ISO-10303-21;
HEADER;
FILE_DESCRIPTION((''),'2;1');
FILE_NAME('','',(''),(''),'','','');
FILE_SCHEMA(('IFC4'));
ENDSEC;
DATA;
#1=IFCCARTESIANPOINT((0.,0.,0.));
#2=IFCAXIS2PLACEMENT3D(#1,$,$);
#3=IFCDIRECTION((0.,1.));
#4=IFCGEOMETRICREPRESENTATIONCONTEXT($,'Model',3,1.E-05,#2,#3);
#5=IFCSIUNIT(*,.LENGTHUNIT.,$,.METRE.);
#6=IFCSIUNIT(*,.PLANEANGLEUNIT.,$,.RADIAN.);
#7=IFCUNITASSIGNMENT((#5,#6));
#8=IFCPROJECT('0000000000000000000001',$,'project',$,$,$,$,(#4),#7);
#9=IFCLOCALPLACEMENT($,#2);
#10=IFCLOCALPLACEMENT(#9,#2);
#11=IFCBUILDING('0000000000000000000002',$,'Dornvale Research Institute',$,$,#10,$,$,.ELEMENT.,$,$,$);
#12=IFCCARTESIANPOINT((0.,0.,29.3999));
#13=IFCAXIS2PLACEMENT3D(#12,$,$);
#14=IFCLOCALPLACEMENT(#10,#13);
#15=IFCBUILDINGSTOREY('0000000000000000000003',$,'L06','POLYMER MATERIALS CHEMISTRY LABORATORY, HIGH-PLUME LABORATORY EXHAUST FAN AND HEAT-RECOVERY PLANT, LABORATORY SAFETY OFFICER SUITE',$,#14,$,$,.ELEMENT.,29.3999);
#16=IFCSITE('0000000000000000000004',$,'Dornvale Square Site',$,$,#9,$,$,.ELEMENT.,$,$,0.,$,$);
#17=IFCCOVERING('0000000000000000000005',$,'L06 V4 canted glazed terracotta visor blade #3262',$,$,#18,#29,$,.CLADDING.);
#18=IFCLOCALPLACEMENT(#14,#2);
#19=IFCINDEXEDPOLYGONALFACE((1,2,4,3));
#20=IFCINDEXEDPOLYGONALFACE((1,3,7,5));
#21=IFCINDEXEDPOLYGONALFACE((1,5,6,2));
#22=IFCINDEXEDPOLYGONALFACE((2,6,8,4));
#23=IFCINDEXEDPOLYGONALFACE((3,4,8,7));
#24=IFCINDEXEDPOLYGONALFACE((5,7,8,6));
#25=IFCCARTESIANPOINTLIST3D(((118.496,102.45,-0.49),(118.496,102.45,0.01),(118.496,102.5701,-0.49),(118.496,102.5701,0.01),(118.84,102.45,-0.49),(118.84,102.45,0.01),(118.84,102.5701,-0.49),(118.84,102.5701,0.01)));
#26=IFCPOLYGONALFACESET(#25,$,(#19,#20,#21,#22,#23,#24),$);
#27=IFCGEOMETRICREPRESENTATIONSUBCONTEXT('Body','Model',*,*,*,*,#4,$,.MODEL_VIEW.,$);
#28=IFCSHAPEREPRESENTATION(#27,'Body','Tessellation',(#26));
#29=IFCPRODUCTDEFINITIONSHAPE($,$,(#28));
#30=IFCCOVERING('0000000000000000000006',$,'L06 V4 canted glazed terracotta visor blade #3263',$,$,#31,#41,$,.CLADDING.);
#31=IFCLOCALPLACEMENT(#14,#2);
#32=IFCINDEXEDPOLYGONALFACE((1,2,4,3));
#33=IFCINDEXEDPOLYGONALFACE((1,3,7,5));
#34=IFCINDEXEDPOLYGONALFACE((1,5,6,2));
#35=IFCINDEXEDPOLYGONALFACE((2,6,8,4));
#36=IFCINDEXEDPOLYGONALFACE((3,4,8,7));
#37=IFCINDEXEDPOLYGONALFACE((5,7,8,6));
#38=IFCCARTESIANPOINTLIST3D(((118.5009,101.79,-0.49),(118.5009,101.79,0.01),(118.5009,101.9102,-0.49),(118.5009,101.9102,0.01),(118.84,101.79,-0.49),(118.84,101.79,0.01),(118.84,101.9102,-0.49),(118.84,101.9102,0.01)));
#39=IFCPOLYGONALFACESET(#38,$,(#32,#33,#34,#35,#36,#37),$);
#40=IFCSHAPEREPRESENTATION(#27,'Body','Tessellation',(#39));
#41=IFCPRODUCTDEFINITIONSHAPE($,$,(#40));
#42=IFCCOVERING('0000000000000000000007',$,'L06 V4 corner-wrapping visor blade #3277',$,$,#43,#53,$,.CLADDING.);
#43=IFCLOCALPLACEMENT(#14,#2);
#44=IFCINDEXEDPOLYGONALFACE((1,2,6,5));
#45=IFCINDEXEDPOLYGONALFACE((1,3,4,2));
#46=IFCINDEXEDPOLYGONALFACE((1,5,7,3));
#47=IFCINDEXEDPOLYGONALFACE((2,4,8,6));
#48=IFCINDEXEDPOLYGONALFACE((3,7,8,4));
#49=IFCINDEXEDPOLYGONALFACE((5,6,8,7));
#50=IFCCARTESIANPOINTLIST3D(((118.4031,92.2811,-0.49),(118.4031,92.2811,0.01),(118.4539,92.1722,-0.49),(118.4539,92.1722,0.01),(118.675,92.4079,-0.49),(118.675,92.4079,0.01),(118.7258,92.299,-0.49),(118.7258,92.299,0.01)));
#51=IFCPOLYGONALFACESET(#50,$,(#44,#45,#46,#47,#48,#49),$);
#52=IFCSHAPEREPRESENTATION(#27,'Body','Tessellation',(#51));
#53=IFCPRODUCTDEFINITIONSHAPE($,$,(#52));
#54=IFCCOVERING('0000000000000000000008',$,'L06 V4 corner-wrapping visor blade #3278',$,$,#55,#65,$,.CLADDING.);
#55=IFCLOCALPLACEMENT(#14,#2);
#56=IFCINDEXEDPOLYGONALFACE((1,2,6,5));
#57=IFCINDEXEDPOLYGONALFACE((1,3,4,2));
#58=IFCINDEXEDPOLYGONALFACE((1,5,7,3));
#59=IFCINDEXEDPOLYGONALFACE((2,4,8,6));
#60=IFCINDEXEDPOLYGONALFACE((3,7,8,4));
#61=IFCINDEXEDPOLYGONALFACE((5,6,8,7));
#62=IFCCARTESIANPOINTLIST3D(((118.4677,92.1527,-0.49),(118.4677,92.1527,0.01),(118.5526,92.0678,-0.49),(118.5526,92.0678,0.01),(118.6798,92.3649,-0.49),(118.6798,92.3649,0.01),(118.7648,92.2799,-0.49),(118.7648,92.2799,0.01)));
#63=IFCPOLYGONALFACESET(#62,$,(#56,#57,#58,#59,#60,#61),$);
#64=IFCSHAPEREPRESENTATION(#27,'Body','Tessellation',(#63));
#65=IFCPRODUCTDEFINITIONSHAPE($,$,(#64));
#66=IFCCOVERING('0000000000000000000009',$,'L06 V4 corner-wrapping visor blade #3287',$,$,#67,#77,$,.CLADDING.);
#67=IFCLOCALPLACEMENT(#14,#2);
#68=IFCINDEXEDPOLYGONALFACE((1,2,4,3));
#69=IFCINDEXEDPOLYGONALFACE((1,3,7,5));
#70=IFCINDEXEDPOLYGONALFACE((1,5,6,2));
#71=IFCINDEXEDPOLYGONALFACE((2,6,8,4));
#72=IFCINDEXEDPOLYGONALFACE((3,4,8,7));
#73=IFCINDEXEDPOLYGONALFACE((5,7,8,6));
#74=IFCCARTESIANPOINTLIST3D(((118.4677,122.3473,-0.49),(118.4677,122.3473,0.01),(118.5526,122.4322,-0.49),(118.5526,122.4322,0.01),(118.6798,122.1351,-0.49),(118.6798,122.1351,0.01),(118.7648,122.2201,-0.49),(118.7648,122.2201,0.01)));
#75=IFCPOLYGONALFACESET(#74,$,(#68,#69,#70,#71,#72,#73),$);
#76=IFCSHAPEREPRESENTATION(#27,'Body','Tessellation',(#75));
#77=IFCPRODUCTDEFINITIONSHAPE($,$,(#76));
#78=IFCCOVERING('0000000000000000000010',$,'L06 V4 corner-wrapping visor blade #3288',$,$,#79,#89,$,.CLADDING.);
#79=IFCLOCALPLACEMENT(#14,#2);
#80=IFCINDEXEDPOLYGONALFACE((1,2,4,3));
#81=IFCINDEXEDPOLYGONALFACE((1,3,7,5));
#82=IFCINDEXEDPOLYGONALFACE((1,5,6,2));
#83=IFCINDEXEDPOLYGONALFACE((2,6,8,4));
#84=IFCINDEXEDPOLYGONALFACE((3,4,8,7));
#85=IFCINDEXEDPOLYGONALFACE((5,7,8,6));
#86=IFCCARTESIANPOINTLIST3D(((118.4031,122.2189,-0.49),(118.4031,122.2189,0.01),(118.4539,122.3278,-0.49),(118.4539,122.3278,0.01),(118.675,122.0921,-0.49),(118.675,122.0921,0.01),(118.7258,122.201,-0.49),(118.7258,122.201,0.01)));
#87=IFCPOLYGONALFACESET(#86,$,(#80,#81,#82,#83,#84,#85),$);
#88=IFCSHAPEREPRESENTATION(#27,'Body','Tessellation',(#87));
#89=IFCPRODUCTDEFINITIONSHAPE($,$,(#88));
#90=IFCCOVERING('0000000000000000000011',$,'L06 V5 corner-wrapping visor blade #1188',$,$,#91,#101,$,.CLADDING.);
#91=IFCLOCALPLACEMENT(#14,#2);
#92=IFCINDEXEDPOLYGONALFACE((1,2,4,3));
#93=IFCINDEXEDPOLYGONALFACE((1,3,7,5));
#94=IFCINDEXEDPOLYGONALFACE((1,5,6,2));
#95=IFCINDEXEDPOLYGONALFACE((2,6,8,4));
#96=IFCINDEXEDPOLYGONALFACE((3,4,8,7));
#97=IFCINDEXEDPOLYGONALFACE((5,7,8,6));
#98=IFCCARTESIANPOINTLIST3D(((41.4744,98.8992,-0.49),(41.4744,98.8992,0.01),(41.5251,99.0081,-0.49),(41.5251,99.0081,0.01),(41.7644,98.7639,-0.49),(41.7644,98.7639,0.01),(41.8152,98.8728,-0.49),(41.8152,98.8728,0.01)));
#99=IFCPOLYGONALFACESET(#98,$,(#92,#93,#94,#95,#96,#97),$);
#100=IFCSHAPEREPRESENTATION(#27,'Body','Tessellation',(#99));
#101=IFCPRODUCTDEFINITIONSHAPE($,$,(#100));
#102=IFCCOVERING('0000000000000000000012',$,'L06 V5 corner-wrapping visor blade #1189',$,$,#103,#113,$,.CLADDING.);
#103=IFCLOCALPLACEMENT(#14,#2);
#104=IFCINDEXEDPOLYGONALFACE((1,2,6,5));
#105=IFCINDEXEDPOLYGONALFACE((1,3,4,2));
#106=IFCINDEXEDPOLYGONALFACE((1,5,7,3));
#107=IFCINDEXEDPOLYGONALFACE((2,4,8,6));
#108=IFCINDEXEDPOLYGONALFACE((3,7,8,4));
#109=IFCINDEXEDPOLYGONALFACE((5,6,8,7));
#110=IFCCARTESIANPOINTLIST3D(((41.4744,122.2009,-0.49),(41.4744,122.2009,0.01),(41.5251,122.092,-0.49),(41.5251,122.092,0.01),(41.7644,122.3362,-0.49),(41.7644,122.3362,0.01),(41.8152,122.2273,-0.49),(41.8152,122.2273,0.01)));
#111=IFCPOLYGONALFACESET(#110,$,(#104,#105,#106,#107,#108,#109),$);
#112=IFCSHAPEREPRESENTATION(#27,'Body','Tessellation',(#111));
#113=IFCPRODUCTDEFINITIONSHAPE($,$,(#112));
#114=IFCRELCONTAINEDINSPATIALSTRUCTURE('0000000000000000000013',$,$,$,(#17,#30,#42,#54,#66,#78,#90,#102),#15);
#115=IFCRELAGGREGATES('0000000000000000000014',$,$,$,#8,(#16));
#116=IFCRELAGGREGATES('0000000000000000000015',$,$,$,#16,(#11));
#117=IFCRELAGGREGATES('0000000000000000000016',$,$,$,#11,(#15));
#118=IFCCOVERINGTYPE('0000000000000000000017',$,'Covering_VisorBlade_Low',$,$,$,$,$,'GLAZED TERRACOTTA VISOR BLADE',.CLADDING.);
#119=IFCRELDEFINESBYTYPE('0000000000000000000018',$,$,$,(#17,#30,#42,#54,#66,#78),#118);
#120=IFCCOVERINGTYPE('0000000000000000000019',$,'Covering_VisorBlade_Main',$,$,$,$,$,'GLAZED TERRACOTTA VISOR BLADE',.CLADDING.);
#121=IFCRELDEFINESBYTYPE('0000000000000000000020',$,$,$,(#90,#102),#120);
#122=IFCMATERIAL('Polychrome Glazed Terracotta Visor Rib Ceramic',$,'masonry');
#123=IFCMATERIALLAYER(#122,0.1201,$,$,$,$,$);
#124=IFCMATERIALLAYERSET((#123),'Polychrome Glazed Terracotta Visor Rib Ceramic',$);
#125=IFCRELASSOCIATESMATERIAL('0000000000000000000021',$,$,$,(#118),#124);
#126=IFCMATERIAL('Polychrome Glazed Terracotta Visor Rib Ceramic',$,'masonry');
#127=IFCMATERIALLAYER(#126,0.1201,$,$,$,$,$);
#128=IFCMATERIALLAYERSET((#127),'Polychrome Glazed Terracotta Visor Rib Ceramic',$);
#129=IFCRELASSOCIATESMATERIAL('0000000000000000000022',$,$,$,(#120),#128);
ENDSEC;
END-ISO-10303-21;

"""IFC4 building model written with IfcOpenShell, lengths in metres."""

from ifc_helpers import new_model, si_unit, direction, frame, origin, origin_2d, place, context, subcontext, project, spatial, rectangle, extrude, material, layer, layer_set, type_object, element, save


model = new_model("IFC4")

# Units and contexts
model_context = context("Model", 3, precision=1e-05, world=origin(), true_north=direction((0.0, 1.0)))
body_context = subcontext(model_context, "Body", "Model", "MODEL_VIEW")
ifc_project = project(units=[si_unit("LENGTHUNIT", "METRE"), si_unit("PLANEANGLEUNIT", "RADIAN")], contexts=[model_context])

# Site, building, storey
site_placement = place(None, origin())
site = spatial("IfcSite", under=ifc_project, at=site_placement, Name="Dornvale Square Site", CompositionType="ELEMENT", RefElevation=0.0)
building_placement = place(site_placement, origin())
building = spatial("IfcBuilding", under=site, at=building_placement, Name="Dornvale Research Institute", CompositionType="ELEMENT")
storey_placement = place(building_placement, frame((0.0, 0.0, 29.3999)))
storey = spatial("IfcBuildingStorey", under=building, at=storey_placement, Name="L06", Description="POLYMER MATERIALS CHEMISTRY LABORATORY, HIGH-PLUME LABORATORY EXHAUST FAN AND HEAT-RECOVERY PLANT, LABORATORY SAFETY OFFICER SUITE", CompositionType="ELEMENT", Elevation=29.3999)

# Coverings
ifc_material_1 = material(Name="Polychrome Glazed Terracotta Visor Rib Ceramic", Category="masonry")
ifc_layer_1 = layer(ifc_material_1, 0.1201)
ifc_layer_set_1 = layer_set([ifc_layer_1], Name="Polychrome Glazed Terracotta Visor Rib Ceramic")
covering_type_1 = type_object("IfcCoveringType", Name="Covering_VisorBlade_Low", ElementType="GLAZED TERRACOTTA VISOR BLADE", PredefinedType="CLADDING", material=ifc_layer_set_1)
covering_1_placement = place(storey_placement, frame((118.668, 102.51, -0.49), z_axis=(0.0, 0.0, 1.0), x_axis=(1.0, 0.0, 0.0)))
element("IfcCovering", 1, at=covering_1_placement, inside=storey, type_object=covering_type_1, Name="L06 V4 canted glazed terracotta visor blade #3262", PredefinedType="CLADDING", context=body_context, shape_type="SweptSolid", body=[
    extrude(rectangle(XDim=0.344, YDim=0.1201, at=origin_2d()), origin(), (0.0, 0.0, 1.0), 0.5),
])
covering_2_placement = place(storey_placement, frame((118.6704, 101.8501, -0.49), z_axis=(0.0, 0.0, 1.0), x_axis=(1.0, 0.0, 0.0)))
element("IfcCovering", 2, at=covering_2_placement, inside=storey, type_object=covering_type_1, Name="L06 V4 canted glazed terracotta visor blade #3263", PredefinedType="CLADDING", context=body_context, shape_type="SweptSolid", body=[
    extrude(rectangle(XDim=0.3391, YDim=0.1201, at=origin_2d()), origin(), (0.0, 0.0, 1.0), 0.5),
])
for number, where, z_axis, x_axis, name in (
    (3, (118.5645, 92.29, -0.49), (0.0, 0.0, 1.0), (-0.906308, -0.422618, 0.0), "L06 V4 corner-wrapping visor blade #3277"),
    (4, (118.6162, 92.2163, -0.49), (0.0, 0.0, 1.0), (-0.707107, -0.707107, 0.0), "L06 V4 corner-wrapping visor blade #3278"),
    (5, (118.6162, 122.2837, -0.49), (0.0, 0.0, 1.0), (-0.707107, 0.707107, 0.0), "L06 V4 corner-wrapping visor blade #3287"),
    (6, (118.5645, 122.21, -0.49), (0.0, 0.0, 1.0), (-0.906308, 0.422618, 0.0), "L06 V4 corner-wrapping visor blade #3288"),
):
    element("IfcCovering", number, at=place(storey_placement, frame(where, z_axis=z_axis, x_axis=x_axis)), inside=storey, type_object=covering_type_1, Name=name, PredefinedType="CLADDING", context=body_context, shape_type="SweptSolid", body=[
        extrude(rectangle(XDim=0.3, YDim=0.1201, at=origin_2d()), origin(), (0.0, 0.0, 1.0), 0.5),
    ])
ifc_material_2 = material(Name="Polychrome Glazed Terracotta Visor Rib Ceramic", Category="masonry")
ifc_layer_2 = layer(ifc_material_2, 0.1201)
ifc_layer_set_2 = layer_set([ifc_layer_2], Name="Polychrome Glazed Terracotta Visor Rib Ceramic")
covering_type_2 = type_object("IfcCoveringType", Name="Covering_VisorBlade_Main", ElementType="GLAZED TERRACOTTA VISOR BLADE", PredefinedType="CLADDING", material=ifc_layer_set_2)
for number, where, z_axis, x_axis, name in (
    (7, (41.6448, 98.886, -0.49), (0.0, 0.0, 1.0), (0.906308, -0.422618, 0.0), "L06 V5 corner-wrapping visor blade #1188"),
    (8, (41.6448, 122.2141, -0.49), (0.0, 0.0, 1.0), (0.906308, 0.422618, 0.0), "L06 V5 corner-wrapping visor blade #1189"),
):
    element("IfcCovering", number, at=place(storey_placement, frame(where, z_axis=z_axis, x_axis=x_axis)), inside=storey, type_object=covering_type_2, Name=name, PredefinedType="CLADDING", context=body_context, shape_type="SweptSolid", body=[
        extrude(rectangle(XDim=0.3201, YDim=0.1201, at=origin_2d()), origin(), (0.0, 0.0, 1.0), 0.5),
    ])

save(model, "model.ifc")
